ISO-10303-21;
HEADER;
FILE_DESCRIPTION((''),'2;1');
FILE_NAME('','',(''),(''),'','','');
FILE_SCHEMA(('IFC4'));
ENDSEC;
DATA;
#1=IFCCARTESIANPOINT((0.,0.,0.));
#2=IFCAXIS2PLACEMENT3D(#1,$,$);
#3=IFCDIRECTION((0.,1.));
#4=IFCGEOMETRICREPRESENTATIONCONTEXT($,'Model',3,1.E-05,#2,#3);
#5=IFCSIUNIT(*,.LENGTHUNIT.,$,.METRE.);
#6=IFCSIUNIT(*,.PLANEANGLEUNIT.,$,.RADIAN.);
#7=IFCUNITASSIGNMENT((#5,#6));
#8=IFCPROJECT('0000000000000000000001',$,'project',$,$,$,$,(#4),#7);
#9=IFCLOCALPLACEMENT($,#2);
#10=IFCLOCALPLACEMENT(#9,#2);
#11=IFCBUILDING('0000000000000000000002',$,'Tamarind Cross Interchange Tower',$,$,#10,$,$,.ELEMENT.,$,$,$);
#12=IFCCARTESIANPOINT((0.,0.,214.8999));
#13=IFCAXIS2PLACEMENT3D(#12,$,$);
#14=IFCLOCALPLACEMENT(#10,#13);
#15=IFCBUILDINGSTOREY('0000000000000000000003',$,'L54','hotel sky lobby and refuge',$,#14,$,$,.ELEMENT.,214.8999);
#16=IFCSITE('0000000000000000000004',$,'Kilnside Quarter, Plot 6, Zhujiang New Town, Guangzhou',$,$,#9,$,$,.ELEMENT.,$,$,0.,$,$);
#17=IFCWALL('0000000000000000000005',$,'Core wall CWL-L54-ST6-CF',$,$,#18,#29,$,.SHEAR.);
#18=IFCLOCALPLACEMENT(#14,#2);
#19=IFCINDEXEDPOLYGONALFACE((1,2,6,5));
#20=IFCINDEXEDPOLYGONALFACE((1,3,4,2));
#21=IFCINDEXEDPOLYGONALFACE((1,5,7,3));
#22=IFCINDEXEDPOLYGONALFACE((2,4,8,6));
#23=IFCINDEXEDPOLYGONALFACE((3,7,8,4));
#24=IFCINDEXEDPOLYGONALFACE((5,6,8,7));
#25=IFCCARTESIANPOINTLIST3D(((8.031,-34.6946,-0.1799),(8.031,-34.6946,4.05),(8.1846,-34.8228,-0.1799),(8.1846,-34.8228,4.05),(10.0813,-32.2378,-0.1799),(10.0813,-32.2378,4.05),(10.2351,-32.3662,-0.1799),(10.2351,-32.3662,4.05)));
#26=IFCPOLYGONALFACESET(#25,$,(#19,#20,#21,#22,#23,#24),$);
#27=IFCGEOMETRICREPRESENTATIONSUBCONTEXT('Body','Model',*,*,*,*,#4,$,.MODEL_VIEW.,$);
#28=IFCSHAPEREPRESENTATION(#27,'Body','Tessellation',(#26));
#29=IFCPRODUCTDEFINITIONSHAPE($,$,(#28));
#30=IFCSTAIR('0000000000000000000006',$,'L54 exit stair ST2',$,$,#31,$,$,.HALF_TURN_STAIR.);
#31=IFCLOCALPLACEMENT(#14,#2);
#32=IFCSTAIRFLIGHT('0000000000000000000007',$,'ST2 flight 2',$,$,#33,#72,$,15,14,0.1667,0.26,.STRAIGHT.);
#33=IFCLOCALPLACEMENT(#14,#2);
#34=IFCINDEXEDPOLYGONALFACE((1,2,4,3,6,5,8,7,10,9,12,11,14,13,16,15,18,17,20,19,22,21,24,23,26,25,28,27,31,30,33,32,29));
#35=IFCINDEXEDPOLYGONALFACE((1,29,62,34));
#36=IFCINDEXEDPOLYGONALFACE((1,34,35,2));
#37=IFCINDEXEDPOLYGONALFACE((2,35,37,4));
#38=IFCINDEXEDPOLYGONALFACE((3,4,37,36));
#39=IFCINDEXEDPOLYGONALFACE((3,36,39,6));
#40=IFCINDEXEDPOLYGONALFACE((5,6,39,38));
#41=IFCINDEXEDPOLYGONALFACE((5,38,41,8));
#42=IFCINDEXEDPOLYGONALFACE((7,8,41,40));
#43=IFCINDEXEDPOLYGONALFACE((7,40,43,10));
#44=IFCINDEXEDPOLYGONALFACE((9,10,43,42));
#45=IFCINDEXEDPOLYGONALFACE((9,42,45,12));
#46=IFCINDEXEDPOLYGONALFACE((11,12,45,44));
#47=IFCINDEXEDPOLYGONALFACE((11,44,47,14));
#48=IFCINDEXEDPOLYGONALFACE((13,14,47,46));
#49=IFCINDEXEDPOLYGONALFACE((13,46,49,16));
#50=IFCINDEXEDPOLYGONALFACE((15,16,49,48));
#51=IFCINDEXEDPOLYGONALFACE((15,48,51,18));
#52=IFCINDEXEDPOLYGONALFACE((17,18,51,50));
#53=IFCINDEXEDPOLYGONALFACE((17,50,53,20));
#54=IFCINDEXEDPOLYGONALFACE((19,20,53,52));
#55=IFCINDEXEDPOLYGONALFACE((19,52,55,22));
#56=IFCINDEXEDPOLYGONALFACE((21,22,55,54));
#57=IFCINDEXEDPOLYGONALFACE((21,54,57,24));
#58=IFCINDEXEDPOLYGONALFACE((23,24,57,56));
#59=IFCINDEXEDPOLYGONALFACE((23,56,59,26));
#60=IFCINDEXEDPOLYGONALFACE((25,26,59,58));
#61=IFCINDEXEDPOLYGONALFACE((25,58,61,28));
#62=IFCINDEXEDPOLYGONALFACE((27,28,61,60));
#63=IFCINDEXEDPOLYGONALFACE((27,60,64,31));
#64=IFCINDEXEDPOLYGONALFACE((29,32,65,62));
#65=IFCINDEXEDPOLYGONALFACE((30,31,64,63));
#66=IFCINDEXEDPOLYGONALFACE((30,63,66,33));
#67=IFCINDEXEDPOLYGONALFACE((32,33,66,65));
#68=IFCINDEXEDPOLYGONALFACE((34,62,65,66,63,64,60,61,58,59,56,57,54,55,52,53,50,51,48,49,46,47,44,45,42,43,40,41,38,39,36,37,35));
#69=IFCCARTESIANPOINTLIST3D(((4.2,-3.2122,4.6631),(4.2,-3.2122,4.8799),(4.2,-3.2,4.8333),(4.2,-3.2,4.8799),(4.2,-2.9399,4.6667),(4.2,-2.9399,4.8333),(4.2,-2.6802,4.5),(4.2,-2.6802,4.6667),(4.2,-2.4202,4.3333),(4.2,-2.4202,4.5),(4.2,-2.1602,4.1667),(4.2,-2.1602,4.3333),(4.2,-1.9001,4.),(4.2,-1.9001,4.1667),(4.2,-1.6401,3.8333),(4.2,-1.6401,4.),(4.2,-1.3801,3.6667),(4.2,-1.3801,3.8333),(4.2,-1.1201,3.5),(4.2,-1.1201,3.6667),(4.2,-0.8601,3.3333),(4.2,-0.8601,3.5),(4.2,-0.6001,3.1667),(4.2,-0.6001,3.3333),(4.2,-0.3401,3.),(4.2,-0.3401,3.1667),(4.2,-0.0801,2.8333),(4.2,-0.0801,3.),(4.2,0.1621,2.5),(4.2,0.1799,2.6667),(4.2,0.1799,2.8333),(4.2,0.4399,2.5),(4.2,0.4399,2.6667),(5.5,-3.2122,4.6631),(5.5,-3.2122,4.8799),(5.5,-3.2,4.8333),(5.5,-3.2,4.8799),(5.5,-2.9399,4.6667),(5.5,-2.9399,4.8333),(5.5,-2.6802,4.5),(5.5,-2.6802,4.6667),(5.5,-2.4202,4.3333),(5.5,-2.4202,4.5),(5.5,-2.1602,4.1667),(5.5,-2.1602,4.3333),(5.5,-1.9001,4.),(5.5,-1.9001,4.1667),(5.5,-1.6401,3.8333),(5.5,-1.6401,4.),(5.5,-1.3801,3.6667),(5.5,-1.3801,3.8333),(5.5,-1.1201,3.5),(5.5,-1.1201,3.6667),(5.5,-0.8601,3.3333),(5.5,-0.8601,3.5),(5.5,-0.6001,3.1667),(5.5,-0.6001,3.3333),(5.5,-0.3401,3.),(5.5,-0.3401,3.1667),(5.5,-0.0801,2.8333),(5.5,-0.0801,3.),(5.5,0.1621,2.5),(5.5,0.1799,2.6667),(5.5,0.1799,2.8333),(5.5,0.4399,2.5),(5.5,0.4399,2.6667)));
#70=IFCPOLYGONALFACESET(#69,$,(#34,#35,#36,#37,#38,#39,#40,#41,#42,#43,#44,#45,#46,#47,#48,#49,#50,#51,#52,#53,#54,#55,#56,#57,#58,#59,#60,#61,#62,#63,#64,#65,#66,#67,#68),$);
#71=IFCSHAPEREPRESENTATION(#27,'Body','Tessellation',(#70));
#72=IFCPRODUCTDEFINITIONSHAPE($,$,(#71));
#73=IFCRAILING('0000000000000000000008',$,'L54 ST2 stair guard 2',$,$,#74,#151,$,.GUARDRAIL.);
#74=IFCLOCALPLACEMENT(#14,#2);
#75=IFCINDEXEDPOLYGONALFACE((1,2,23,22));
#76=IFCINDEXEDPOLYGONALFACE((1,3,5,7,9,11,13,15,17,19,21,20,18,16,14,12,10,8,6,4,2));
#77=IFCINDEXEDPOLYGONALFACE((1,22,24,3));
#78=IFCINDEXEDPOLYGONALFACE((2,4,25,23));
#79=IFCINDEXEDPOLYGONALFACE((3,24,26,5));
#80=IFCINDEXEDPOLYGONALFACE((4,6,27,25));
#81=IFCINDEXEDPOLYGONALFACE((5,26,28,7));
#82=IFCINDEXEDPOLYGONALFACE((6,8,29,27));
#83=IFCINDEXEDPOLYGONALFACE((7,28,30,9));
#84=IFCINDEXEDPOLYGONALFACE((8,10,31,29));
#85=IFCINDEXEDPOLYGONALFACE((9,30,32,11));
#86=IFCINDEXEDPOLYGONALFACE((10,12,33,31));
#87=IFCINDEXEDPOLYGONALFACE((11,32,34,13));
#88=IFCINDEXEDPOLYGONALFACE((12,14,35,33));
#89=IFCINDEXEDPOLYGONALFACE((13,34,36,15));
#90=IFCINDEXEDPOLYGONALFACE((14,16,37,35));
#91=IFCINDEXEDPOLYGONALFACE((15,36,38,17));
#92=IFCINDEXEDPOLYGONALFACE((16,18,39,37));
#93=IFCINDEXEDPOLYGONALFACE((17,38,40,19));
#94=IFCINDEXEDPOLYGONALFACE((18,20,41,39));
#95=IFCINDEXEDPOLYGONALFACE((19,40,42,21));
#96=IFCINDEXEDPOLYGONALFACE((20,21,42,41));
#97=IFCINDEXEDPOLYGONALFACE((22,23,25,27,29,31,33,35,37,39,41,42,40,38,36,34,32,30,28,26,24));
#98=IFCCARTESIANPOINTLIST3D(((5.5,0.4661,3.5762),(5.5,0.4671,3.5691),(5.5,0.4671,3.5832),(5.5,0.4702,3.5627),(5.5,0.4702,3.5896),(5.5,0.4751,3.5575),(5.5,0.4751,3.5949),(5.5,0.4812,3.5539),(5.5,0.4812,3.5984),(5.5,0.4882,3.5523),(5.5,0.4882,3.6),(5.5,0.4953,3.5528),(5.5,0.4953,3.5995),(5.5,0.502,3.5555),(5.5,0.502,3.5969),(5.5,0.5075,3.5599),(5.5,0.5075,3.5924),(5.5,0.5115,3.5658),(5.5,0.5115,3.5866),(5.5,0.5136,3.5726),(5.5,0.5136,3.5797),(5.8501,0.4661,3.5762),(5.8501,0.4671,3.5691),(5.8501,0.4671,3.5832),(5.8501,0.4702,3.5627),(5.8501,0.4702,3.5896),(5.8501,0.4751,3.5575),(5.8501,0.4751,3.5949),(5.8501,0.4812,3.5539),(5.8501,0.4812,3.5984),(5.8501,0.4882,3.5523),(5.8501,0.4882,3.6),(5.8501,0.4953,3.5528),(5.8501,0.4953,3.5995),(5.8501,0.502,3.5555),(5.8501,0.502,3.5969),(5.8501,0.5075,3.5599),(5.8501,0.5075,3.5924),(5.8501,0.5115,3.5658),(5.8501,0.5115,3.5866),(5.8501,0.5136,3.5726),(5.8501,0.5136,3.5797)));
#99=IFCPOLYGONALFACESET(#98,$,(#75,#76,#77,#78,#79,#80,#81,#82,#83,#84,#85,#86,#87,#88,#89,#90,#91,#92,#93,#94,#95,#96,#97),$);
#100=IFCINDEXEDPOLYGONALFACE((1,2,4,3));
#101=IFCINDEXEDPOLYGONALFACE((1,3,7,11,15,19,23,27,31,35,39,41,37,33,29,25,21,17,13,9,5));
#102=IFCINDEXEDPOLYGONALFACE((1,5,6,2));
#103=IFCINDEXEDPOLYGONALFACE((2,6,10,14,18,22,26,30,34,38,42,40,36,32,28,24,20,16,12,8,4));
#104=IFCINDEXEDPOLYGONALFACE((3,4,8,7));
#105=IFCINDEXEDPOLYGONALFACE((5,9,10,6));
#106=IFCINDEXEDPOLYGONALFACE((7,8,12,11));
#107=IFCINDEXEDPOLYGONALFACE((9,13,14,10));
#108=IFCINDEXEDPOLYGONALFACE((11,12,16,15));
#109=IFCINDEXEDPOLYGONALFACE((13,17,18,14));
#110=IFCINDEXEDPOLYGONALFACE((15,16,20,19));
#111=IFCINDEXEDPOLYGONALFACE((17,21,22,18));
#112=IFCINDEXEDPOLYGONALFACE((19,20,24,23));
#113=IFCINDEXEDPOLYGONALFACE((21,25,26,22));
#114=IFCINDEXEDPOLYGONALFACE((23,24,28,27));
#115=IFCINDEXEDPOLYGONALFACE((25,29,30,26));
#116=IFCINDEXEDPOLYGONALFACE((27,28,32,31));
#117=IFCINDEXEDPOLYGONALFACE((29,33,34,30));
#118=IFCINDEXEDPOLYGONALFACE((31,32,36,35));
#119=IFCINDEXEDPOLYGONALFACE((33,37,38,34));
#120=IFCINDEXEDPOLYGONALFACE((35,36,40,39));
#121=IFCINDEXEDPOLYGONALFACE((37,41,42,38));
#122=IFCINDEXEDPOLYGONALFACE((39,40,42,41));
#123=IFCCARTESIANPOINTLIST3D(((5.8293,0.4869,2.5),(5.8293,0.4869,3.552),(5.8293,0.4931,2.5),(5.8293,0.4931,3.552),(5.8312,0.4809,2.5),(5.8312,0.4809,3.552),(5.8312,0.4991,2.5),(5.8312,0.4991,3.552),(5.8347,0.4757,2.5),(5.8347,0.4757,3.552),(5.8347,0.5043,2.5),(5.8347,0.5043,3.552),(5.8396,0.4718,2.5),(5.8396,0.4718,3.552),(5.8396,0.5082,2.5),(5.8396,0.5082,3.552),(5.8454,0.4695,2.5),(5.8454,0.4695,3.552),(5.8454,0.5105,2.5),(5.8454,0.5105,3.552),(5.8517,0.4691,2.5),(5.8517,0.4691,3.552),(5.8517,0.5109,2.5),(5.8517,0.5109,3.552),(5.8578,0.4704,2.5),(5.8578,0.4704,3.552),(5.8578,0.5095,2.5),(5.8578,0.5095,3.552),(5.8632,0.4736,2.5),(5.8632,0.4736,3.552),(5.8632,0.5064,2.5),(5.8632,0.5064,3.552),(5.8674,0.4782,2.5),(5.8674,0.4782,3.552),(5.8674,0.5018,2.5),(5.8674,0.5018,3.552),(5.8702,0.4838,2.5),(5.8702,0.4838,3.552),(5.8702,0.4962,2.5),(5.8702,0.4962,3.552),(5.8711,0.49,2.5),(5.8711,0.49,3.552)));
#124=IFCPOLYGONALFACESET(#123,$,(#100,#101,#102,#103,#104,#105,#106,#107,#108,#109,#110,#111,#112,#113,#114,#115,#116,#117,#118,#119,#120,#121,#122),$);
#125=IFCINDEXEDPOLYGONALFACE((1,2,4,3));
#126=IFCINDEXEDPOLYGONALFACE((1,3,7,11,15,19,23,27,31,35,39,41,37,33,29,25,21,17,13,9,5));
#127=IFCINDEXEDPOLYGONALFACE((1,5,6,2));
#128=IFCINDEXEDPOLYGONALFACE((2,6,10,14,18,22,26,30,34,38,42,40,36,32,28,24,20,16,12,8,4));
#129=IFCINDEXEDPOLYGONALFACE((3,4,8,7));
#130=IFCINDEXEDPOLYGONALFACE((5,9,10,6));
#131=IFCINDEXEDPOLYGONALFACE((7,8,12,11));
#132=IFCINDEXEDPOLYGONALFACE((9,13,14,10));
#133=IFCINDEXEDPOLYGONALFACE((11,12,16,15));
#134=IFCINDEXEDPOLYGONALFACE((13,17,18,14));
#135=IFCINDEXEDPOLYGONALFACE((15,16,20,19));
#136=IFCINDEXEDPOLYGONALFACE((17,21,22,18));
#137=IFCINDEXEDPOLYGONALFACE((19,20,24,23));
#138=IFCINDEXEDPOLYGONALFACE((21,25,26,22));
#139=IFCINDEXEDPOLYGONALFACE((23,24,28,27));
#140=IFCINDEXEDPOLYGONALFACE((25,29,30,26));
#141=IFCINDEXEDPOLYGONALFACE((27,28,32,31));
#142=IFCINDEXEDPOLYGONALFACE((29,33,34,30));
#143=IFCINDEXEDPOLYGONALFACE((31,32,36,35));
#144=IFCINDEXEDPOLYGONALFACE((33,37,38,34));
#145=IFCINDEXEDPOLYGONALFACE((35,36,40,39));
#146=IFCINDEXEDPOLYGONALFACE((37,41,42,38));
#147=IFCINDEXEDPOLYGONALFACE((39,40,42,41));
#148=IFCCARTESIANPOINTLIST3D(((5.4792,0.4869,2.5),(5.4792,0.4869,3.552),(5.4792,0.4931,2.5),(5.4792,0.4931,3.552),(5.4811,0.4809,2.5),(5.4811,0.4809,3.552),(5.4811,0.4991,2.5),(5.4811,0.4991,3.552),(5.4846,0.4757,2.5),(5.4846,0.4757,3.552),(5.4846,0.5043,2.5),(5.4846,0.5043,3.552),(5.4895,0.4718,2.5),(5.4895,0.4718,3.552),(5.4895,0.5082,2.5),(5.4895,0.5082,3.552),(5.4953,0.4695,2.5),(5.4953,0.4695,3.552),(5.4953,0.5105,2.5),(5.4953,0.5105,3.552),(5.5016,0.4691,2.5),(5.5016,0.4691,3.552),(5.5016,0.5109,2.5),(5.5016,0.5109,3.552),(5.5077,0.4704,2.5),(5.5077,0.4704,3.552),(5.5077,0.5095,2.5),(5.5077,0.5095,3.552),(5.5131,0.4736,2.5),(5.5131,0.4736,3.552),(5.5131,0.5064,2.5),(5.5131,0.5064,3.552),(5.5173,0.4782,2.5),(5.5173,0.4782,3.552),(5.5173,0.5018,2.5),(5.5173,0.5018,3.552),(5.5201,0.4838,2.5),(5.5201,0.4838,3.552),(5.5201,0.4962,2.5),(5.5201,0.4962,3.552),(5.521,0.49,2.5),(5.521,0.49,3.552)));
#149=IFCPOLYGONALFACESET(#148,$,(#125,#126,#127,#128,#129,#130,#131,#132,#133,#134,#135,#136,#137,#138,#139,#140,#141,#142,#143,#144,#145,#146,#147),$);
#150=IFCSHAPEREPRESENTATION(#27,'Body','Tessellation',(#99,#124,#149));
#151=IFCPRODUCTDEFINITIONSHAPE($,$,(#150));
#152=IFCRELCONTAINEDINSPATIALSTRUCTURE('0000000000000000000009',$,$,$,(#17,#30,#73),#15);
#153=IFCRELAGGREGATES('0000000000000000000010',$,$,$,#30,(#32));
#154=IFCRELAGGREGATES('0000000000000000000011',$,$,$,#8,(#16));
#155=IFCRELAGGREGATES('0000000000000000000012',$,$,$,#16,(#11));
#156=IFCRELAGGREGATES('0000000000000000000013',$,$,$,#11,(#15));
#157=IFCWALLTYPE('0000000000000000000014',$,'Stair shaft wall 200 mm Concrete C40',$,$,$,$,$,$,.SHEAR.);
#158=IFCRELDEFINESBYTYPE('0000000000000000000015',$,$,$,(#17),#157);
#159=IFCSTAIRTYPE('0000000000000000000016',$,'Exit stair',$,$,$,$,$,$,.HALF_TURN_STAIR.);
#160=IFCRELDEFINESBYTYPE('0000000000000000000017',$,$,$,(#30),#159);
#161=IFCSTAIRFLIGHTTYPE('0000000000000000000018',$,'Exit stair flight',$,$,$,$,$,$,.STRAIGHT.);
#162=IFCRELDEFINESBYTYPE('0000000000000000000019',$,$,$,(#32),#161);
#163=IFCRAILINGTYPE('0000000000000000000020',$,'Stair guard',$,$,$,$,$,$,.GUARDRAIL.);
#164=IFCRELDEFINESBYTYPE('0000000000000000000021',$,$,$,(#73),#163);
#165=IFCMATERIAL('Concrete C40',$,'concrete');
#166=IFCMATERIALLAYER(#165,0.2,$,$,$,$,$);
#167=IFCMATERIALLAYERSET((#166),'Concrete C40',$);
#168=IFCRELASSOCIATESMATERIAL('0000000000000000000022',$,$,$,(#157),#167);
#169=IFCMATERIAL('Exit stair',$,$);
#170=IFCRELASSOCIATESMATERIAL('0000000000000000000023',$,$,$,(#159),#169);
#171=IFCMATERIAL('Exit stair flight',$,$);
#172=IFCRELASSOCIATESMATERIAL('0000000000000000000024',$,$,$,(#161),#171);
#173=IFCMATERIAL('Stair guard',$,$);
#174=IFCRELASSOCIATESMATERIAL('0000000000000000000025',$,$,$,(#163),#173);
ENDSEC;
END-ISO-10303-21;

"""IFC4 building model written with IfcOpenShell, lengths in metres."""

from ifc_helpers import new_model, si_unit, direction, frame, origin, origin_2d, place, context, subcontext, project, spatial, polyline, circle, outline, extrude, material, layer, layer_set, type_object, element, aggregate, save


model = new_model("IFC4")

# Units and contexts
model_context = context("Model", 3, precision=1e-05, world=origin(), true_north=direction((0.0, 1.0)))
body_context = subcontext(model_context, "Body", "Model", "MODEL_VIEW")
ifc_project = project(units=[si_unit("LENGTHUNIT", "METRE"), si_unit("PLANEANGLEUNIT", "RADIAN")], contexts=[model_context])

# Site, building, storey
site_placement = place(None, origin())
site = spatial("IfcSite", under=ifc_project, at=site_placement, Name="Kilnside Quarter, Plot 6, Zhujiang New Town, Guangzhou", CompositionType="ELEMENT", RefElevation=0.0)
building_placement = place(site_placement, origin())
building = spatial("IfcBuilding", under=site, at=building_placement, Name="Tamarind Cross Interchange Tower", CompositionType="ELEMENT")
storey_placement = place(building_placement, frame((0.0, 0.0, 214.8999)))
storey = spatial("IfcBuildingStorey", under=building, at=storey_placement, Name="L54", Description="hotel sky lobby and refuge", CompositionType="ELEMENT", Elevation=214.8999)

# Wall
ifc_material_1 = material(Name="Concrete C40", Category="concrete")
ifc_layer_1 = layer(ifc_material_1, 0.2)
ifc_layer_set_1 = layer_set([ifc_layer_1], Name="Concrete C40")
wall_type_1 = type_object("IfcWallType", Name="Stair shaft wall 200 mm Concrete C40", PredefinedType="SHEAR", material=ifc_layer_set_1)
wall_1_placement = place(storey_placement, frame((0.0, 0.0, -0.1799)))
element("IfcWall", 1, at=wall_1_placement, inside=storey, type_object=wall_type_1, Name="Core wall CWL-L54-ST6-CF", PredefinedType="SHEAR", context=body_context, shape_type="SweptSolid", body=[
    extrude(outline(polyline([(8.031, -34.6946), (8.1846, -34.8228), (10.2351, -32.3662), (10.0813, -32.2378), (8.031, -34.6946)])), origin(), (0.0, 0.0, 1.0), 4.23),
])

# Stair, stair flight
ifc_material_2 = material(Name="Exit stair")
stair_type = type_object("IfcStairType", Name="Exit stair", PredefinedType="HALF_TURN_STAIR", material=ifc_material_2)
stair_placement = place(storey_placement, origin())
stair = element("IfcStair", 2, at=stair_placement, inside=storey, type_object=stair_type, Name="L54 exit stair ST2", PredefinedType="HALF_TURN_STAIR")
ifc_material_3 = material(Name="Exit stair flight")
stair_flight_type = type_object("IfcStairFlightType", Name="Exit stair flight", PredefinedType="STRAIGHT", material=ifc_material_3)
stair_flight_placement = place(storey_placement, frame((4.8501, 0.4399, 2.5), z_axis=(0.0, 0.0, 1.0), x_axis=(0.0, -1.0, 0.0)))
stair_flight = element("IfcStairFlight", 3, at=stair_flight_placement, type_object=stair_flight_type, Name="ST2 flight 2", NumberOfRisers=15, NumberOfTreads=14, PredefinedType="STRAIGHT", RiserHeight=0.1667, TreadLength=0.26, context=body_context, shape_type="SweptSolid", body=[
    extrude(outline(polyline([(0.0, 0.0), (0.0, 0.1667), (0.26, 0.1667), (0.26, 0.3333), (0.52, 0.3333), (0.52, 0.5), (0.78, 0.5), (0.78, 0.6667), (1.04, 0.6667), (1.04, 0.8333), (1.3, 0.8333), (1.3, 1.0), (1.5601, 1.0), (1.5601, 1.1667), (1.8201, 1.1667), (1.8201, 1.3333), (2.0801, 1.3333), (2.0801, 1.5), (2.3401, 1.5), (2.3401, 1.6667), (2.6001, 1.6667), (2.6001, 1.8333), (2.8601, 1.8333), (2.8601, 2.0), (3.1201, 2.0), (3.1201, 2.1667), (3.3799, 2.1667), (3.3799, 2.3333), (3.6399, 2.3333), (3.6399, 2.3799), (3.6521, 2.3799), (3.6521, 2.1631), (0.2778, 0.0), (0.0, 0.0)])), frame((0.0, 0.6499, 0.0), z_axis=(0.0, -1.0, 0.0), x_axis=(1.0, 0.0, 0.0)), (0.0, 0.0, 1.0), 1.3),
])
aggregate(stair, [stair_flight])

# Railing
ifc_material_4 = material(Name="Stair guard")
railing_type_1 = type_object("IfcRailingType", Name="Stair guard", PredefinedType="GUARDRAIL", material=ifc_material_4)
railing_1_placement = place(storey_placement, frame((5.8501, 0.49, 2.5)))
element("IfcRailing", 4, at=railing_1_placement, inside=storey, type_object=railing_type_1, Name="L54 ST2 stair guard 2", PredefinedType="GUARDRAIL", context=body_context, shape_type="SweptSolid", body=[
    extrude(circle(Radius=0.0239, at=origin_2d()), frame((0.0, 0.0, 1.0762), z_axis=(-1.0, 0.0, 0.0), x_axis=(0.0, -1.0, 0.0)), (0.0, 0.0, 1.0), 0.3501),
    extrude(circle(Radius=0.021, at=origin_2d()), origin(), (0.0, 0.0, 1.0), 1.052),
    extrude(circle(Radius=0.021, at=origin_2d()), frame((-0.3501, 0.0, 0.0)), (0.0, 0.0, 1.0), 1.052),
])

save(model, "model.ifc")
